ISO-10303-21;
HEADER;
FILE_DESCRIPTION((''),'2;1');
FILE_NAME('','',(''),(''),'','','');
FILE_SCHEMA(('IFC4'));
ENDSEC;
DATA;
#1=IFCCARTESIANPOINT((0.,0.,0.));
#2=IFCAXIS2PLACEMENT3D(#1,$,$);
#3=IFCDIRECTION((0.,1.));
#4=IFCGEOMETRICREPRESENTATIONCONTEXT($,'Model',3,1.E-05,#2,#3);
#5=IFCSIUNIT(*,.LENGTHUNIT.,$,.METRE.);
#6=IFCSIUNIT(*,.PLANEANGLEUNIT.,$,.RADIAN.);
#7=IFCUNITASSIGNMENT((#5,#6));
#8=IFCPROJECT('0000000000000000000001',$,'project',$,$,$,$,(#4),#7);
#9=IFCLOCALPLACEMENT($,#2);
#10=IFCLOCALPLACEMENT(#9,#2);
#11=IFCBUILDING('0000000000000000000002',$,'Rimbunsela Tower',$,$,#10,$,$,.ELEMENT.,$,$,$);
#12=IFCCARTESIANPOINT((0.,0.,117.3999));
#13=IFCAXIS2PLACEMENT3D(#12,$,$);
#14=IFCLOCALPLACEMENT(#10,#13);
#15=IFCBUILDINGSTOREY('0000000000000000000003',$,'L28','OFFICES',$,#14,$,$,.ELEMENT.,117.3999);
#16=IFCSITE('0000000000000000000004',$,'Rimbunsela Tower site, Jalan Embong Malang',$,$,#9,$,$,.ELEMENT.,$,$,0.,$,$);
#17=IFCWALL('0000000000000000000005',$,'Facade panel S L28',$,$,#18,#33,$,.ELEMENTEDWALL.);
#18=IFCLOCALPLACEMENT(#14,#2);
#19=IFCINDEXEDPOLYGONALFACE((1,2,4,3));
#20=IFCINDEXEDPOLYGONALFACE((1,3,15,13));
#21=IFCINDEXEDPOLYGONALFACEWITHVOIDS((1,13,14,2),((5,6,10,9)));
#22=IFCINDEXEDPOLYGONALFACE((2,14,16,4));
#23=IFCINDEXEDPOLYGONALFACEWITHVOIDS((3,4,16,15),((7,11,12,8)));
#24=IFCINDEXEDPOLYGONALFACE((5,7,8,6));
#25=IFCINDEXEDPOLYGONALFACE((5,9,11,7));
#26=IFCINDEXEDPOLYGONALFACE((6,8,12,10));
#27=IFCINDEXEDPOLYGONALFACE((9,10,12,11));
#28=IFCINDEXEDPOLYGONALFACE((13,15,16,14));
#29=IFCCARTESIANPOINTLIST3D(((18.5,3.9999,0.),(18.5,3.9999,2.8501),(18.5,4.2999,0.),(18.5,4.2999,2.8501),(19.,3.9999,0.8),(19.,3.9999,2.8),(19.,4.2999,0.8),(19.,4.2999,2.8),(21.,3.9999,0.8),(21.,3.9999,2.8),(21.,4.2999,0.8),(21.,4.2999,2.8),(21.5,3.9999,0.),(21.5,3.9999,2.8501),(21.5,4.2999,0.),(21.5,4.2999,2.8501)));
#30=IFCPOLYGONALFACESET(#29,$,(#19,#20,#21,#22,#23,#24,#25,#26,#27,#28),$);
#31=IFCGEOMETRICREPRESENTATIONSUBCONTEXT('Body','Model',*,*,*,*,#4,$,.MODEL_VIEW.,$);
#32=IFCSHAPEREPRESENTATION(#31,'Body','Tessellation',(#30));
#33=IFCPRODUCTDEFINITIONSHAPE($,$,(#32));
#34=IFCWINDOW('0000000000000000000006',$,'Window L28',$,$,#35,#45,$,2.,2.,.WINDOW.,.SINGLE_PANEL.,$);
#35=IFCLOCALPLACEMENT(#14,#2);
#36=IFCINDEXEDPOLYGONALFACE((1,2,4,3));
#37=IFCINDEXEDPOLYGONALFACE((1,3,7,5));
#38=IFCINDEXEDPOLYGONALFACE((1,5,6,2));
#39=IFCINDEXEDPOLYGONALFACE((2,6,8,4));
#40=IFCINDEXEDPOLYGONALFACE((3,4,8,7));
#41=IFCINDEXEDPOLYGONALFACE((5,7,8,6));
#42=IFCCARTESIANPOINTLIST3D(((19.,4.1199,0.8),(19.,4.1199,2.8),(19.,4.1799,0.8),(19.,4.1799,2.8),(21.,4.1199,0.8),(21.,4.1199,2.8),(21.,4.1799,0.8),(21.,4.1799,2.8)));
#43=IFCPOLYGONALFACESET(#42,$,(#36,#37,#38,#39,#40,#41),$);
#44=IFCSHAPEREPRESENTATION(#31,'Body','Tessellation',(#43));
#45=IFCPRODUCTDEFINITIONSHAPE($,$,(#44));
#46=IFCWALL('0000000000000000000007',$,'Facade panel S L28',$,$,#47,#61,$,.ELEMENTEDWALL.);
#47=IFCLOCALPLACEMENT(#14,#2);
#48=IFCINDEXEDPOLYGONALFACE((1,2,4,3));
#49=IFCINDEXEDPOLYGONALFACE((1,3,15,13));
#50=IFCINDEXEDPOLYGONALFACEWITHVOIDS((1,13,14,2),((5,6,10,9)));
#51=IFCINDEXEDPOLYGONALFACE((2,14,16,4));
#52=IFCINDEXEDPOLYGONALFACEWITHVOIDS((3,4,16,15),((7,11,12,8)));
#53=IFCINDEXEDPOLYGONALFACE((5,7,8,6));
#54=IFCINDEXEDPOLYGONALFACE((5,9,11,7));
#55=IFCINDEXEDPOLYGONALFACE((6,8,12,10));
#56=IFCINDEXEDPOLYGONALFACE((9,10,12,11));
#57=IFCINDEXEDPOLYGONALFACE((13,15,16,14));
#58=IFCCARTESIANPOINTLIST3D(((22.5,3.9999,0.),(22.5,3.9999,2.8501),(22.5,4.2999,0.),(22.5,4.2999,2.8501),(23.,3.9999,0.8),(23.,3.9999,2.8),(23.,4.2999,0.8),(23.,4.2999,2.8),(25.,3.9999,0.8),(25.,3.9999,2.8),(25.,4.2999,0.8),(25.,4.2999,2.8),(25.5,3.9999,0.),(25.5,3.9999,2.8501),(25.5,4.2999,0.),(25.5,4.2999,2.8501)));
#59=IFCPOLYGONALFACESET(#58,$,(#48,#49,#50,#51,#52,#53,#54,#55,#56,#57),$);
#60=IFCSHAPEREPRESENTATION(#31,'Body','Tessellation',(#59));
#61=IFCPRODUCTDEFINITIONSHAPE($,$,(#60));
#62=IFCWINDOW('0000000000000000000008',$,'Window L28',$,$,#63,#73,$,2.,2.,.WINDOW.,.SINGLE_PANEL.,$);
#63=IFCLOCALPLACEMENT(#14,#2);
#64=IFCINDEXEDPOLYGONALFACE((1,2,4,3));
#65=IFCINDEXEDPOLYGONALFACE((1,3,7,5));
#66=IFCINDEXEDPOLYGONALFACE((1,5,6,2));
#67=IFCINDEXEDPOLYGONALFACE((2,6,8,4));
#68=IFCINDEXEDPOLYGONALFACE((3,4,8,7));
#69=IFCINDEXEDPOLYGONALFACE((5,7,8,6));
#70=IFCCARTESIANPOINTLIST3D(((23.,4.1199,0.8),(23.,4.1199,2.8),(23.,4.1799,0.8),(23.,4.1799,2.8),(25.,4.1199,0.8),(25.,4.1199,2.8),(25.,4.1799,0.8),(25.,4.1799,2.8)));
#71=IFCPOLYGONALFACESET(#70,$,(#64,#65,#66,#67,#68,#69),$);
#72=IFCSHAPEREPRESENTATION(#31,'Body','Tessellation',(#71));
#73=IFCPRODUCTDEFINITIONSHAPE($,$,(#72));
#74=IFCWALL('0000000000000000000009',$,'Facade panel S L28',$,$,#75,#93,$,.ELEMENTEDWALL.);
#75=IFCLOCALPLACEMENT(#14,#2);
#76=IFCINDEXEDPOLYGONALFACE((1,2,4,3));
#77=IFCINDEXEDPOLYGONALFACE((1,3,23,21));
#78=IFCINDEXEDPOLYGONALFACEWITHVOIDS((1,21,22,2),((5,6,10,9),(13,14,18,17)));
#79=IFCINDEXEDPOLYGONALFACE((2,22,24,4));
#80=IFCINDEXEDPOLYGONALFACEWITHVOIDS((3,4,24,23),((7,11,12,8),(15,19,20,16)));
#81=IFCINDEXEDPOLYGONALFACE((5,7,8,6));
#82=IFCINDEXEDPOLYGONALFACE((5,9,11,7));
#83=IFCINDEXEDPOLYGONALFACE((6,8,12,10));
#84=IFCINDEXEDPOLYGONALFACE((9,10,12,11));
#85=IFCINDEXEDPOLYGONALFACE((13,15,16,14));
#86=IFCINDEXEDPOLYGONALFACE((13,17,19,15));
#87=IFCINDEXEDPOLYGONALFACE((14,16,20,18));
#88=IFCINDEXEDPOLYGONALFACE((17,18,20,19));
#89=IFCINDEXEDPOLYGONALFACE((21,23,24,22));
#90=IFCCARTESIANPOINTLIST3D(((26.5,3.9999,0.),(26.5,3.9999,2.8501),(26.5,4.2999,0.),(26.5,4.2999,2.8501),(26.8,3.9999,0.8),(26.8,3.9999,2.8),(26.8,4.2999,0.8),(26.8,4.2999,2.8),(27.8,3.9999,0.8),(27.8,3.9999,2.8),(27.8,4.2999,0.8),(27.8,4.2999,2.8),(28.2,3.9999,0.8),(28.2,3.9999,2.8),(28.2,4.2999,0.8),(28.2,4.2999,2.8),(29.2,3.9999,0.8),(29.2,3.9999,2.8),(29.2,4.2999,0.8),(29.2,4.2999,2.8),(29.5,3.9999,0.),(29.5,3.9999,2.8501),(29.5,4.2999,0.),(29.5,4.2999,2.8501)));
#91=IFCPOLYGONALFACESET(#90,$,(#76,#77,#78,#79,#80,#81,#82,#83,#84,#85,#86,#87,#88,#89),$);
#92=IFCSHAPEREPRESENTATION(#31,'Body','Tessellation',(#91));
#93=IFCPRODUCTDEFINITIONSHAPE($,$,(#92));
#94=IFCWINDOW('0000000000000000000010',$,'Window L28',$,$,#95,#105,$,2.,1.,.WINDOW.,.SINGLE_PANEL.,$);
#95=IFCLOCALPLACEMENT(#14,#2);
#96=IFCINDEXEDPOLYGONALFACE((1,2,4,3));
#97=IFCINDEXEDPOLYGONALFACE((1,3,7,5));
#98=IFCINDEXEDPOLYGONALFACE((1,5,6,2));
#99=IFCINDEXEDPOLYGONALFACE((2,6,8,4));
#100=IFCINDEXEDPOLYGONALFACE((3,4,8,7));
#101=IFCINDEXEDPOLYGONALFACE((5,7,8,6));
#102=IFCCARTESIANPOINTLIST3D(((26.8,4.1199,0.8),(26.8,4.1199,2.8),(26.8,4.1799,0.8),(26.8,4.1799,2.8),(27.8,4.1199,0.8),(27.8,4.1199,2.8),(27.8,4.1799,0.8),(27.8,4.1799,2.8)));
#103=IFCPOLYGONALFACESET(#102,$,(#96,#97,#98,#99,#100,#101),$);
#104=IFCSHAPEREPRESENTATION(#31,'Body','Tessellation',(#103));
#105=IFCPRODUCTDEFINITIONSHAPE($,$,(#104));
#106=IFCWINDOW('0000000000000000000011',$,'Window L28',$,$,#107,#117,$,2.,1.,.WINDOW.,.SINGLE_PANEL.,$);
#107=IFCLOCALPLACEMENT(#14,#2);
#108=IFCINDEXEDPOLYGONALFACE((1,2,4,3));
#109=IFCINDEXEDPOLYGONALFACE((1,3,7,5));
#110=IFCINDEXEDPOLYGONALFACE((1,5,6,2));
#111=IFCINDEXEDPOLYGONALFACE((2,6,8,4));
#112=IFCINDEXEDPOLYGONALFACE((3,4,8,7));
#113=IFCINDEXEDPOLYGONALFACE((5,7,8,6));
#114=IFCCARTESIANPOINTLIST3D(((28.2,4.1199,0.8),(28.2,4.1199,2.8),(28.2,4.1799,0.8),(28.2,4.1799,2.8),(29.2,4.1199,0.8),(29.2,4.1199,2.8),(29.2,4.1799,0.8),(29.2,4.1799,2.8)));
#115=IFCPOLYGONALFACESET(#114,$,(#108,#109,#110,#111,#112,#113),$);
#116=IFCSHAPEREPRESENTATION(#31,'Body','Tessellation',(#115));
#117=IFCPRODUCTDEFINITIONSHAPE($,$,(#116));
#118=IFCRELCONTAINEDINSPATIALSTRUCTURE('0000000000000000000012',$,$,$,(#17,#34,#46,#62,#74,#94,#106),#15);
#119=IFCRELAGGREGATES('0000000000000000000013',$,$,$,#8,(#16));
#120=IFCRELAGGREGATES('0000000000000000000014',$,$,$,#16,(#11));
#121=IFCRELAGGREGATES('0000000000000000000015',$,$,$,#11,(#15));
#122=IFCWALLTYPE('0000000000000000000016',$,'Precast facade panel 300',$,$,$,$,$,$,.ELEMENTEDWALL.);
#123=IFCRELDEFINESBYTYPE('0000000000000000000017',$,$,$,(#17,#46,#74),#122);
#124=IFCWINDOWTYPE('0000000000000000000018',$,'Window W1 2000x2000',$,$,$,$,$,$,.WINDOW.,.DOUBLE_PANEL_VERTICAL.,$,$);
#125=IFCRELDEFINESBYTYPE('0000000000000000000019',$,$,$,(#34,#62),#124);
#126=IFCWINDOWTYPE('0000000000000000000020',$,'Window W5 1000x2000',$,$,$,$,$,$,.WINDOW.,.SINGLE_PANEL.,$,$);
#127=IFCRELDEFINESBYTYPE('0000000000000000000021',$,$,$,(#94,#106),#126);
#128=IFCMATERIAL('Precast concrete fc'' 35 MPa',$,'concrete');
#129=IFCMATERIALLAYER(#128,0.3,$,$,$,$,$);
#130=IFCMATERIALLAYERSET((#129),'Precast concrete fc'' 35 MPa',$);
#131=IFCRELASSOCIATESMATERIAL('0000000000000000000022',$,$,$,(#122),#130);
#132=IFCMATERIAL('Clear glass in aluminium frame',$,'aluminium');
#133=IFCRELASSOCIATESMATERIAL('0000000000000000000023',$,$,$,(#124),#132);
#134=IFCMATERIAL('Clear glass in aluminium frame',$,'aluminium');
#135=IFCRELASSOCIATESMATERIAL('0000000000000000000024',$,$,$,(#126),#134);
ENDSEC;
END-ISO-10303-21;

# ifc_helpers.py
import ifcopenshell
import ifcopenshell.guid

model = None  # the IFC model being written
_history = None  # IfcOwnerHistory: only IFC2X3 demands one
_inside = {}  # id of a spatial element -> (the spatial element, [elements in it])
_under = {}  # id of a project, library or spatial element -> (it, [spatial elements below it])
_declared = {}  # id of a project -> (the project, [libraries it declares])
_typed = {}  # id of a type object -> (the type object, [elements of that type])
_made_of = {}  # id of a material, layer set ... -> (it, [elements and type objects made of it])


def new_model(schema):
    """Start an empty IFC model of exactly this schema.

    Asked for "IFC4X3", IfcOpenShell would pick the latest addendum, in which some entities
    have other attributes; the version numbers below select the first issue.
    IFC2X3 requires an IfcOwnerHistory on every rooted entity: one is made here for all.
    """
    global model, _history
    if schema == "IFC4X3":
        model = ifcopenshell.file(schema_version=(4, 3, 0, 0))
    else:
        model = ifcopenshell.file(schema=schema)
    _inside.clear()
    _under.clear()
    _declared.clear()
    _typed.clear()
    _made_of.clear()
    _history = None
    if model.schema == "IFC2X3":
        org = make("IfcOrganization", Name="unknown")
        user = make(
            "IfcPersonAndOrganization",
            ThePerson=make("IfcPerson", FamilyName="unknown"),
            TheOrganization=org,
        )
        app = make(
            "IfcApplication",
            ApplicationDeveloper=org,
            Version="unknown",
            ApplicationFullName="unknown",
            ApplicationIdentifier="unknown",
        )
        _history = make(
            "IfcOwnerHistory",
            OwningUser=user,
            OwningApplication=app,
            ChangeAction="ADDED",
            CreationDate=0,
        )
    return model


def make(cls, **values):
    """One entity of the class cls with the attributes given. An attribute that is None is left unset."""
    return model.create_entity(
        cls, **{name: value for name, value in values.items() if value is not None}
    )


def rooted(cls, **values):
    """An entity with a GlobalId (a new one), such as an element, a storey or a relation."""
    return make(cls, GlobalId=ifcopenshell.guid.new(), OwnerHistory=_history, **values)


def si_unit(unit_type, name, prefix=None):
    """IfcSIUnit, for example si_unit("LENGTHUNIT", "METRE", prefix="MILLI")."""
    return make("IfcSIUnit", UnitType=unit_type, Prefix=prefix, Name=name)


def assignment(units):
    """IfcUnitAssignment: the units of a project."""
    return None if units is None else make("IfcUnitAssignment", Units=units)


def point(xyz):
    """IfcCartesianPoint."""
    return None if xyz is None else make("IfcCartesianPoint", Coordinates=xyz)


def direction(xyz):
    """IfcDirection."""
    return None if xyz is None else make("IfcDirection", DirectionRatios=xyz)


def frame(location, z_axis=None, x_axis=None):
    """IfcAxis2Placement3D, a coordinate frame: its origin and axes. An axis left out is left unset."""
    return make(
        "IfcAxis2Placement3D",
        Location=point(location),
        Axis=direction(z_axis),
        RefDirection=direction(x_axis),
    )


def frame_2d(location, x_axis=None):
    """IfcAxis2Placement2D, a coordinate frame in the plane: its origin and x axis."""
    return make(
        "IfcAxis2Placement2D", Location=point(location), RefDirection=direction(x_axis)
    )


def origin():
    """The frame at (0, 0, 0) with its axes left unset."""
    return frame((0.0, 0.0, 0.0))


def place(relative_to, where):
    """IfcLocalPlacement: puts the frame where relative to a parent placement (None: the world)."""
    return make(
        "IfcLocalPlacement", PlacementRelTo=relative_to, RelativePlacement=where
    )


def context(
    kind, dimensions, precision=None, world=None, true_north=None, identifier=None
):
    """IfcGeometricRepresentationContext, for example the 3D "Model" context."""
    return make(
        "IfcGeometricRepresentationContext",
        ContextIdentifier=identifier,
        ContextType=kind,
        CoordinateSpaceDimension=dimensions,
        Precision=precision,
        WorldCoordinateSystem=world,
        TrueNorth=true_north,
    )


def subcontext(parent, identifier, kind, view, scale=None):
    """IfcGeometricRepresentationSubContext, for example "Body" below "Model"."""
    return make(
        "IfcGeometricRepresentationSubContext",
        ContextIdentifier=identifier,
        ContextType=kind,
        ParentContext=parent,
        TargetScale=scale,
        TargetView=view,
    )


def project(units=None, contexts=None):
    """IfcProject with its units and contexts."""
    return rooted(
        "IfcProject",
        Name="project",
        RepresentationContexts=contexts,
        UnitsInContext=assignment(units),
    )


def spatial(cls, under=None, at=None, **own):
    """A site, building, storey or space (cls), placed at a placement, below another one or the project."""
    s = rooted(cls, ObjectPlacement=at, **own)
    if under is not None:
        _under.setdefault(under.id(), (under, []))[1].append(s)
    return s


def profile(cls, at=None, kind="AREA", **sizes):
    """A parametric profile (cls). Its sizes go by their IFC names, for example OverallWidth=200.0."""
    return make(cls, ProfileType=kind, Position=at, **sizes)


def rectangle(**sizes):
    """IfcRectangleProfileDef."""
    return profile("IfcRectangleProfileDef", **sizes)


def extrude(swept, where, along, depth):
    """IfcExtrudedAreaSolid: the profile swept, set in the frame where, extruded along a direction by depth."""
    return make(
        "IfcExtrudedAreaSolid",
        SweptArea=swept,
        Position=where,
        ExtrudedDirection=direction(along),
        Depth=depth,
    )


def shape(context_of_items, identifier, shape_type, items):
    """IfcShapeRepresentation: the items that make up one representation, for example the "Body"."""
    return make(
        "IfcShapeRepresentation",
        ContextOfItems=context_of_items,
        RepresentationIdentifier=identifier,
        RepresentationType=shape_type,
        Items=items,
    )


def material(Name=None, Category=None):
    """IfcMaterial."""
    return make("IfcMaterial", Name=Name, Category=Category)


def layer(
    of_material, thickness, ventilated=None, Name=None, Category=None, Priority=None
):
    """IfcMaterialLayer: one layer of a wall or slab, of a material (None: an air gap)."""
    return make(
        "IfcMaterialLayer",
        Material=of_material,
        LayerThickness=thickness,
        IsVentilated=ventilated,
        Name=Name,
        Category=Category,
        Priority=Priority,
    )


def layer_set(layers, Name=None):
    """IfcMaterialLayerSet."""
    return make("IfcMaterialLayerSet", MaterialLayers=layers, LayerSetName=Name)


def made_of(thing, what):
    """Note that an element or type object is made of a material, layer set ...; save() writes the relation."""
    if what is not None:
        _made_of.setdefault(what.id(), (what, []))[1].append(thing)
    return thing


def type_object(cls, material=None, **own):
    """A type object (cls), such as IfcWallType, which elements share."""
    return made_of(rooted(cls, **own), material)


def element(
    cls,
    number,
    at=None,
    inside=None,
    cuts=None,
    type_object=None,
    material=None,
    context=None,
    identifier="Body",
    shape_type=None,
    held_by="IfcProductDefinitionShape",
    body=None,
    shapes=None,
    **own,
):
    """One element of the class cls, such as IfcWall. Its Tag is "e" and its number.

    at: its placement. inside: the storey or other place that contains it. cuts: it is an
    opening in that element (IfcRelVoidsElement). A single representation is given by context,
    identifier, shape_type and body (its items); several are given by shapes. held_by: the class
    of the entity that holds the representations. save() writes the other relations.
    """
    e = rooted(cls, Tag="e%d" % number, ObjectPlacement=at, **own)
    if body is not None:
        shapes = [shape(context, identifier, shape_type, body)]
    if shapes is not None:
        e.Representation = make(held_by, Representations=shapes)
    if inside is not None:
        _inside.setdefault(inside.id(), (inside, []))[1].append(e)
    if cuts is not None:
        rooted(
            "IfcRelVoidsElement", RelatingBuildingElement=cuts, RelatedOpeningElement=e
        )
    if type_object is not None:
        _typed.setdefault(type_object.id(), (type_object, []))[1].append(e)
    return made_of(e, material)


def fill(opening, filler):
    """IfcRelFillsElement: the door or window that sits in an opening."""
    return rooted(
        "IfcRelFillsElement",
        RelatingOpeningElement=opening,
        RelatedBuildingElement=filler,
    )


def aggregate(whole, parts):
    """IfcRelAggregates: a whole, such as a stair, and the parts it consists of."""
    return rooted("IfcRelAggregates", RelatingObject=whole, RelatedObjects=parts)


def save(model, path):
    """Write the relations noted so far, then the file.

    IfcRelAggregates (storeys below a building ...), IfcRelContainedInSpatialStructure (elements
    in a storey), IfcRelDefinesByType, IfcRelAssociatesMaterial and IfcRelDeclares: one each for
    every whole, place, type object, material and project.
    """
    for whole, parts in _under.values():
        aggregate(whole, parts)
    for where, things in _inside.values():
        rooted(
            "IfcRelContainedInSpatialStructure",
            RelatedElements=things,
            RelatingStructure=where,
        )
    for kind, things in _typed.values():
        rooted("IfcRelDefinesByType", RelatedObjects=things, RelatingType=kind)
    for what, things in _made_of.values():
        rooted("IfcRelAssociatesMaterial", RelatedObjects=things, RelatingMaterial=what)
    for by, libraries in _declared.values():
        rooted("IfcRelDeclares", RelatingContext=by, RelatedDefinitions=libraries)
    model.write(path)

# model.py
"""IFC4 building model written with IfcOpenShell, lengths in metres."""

from ifc_helpers import new_model, si_unit, direction, frame, frame_2d, origin, place, context, subcontext, project, spatial, rectangle, extrude, material, layer, layer_set, type_object, element, fill, save


model = new_model("IFC4")

# Units and contexts
model_context = context("Model", 3, precision=1e-05, world=origin(), true_north=direction((0.0, 1.0)))
body_context = subcontext(model_context, "Body", "Model", "MODEL_VIEW")
ifc_project = project(units=[si_unit("LENGTHUNIT", "METRE"), si_unit("PLANEANGLEUNIT", "RADIAN")], contexts=[model_context])

# Site, building, storey
site_placement = place(None, origin())
site = spatial("IfcSite", under=ifc_project, at=site_placement, Name="Rimbunsela Tower site, Jalan Embong Malang", CompositionType="ELEMENT", RefElevation=0.0)
building_placement = place(site_placement, origin())
building = spatial("IfcBuilding", under=site, at=building_placement, Name="Rimbunsela Tower", CompositionType="ELEMENT")
storey_placement = place(building_placement, frame((0.0, 0.0, 117.3999)))
storey = spatial("IfcBuildingStorey", under=building, at=storey_placement, Name="L28", Description="OFFICES", CompositionType="ELEMENT", Elevation=117.3999)

# Walls, openings, windows
ifc_material_1 = material(Name="Precast concrete fc' 35 MPa", Category="concrete")
ifc_layer_1 = layer(ifc_material_1, 0.3)
ifc_layer_set_1 = layer_set([ifc_layer_1], Name="Precast concrete fc' 35 MPa")
wall_type_1 = type_object("IfcWallType", Name="Precast facade panel 300", PredefinedType="ELEMENTEDWALL", material=ifc_layer_set_1)
wall_1_placement = place(storey_placement, frame((18.5, 4.1499, 0.0), z_axis=(0.0, 0.0, 1.0), x_axis=(1.0, 0.0, 0.0)))
wall_1 = element("IfcWall", 1, at=wall_1_placement, inside=storey, type_object=wall_type_1, Name="Facade panel S L28", PredefinedType="ELEMENTEDWALL", context=body_context, shape_type="SweptSolid", body=[
    extrude(rectangle(XDim=3.0, YDim=0.3, at=frame_2d((1.5, 0.0))), origin(), (0.0, 0.0, 1.0), 2.8501),
])
opening_1_placement = place(wall_1_placement, frame((0.5, 0.0, 0.8)))
opening_1 = element("IfcOpeningElement", 2, at=opening_1_placement, cuts=wall_1, PredefinedType="OPENING", context=body_context, shape_type="SweptSolid", body=[
    extrude(rectangle(XDim=2.0, YDim=2.0, at=frame_2d((1.0, 1.0))), frame((0.0, 0.1599, 0.0), z_axis=(0.0, -1.0, 0.0), x_axis=(1.0, 0.0, 0.0)), (0.0, 0.0, 1.0), 0.3201),
])
ifc_material_2 = material(Name="Clear glass in aluminium frame", Category="aluminium")
window_type_1 = type_object("IfcWindowType", Name="Window W1 2000x2000", PartitioningType="DOUBLE_PANEL_VERTICAL", PredefinedType="WINDOW", material=ifc_material_2)
window_1_placement = place(opening_1_placement, origin())
window_1 = element("IfcWindow", 3, at=window_1_placement, inside=storey, type_object=window_type_1, Name="Window L28", OverallHeight=2.0, OverallWidth=2.0, PartitioningType="SINGLE_PANEL", PredefinedType="WINDOW", context=body_context, shape_type="SweptSolid", body=[
    extrude(rectangle(XDim=2.0, YDim=2.0, at=frame_2d((1.0, 1.0))), frame((0.0, 0.03, 0.0), z_axis=(0.0, -1.0, 0.0), x_axis=(1.0, 0.0, 0.0)), (0.0, 0.0, 1.0), 0.0601),
])
fill(opening_1, window_1)
wall_2_placement = place(storey_placement, frame((22.5, 4.1499, 0.0), z_axis=(0.0, 0.0, 1.0), x_axis=(1.0, 0.0, 0.0)))
wall_2 = element("IfcWall", 4, at=wall_2_placement, inside=storey, type_object=wall_type_1, Name="Facade panel S L28", PredefinedType="ELEMENTEDWALL", context=body_context, shape_type="SweptSolid", body=[
    extrude(rectangle(XDim=3.0, YDim=0.3, at=frame_2d((1.5, 0.0))), origin(), (0.0, 0.0, 1.0), 2.8501),
])
opening_2_placement = place(wall_2_placement, frame((0.5, 0.0, 0.8)))
opening_2 = element("IfcOpeningElement", 5, at=opening_2_placement, cuts=wall_2, PredefinedType="OPENING", context=body_context, shape_type="SweptSolid", body=[
    extrude(rectangle(XDim=2.0, YDim=2.0, at=frame_2d((1.0, 1.0))), frame((0.0, 0.1599, 0.0), z_axis=(0.0, -1.0, 0.0), x_axis=(1.0, 0.0, 0.0)), (0.0, 0.0, 1.0), 0.3201),
])
window_2_placement = place(opening_2_placement, origin())
window_2 = element("IfcWindow", 6, at=window_2_placement, inside=storey, type_object=window_type_1, Name="Window L28", OverallHeight=2.0, OverallWidth=2.0, PartitioningType="SINGLE_PANEL", PredefinedType="WINDOW", context=body_context, shape_type="SweptSolid", body=[
    extrude(rectangle(XDim=2.0, YDim=2.0, at=frame_2d((1.0, 1.0))), frame((0.0, 0.03, 0.0), z_axis=(0.0, -1.0, 0.0), x_axis=(1.0, 0.0, 0.0)), (0.0, 0.0, 1.0), 0.0601),
])
fill(opening_2, window_2)

# Wall, openings, windows
wall_3_placement = place(storey_placement, frame((26.5, 4.1499, 0.0), z_axis=(0.0, 0.0, 1.0), x_axis=(1.0, 0.0, 0.0)))
wall_3 = element("IfcWall", 7, at=wall_3_placement, inside=storey, type_object=wall_type_1, Name="Facade panel S L28", PredefinedType="ELEMENTEDWALL", context=body_context, shape_type="SweptSolid", body=[
    extrude(rectangle(XDim=3.0, YDim=0.3, at=frame_2d((1.5, 0.0))), origin(), (0.0, 0.0, 1.0), 2.8501),
])
opening_3_placement = place(wall_3_placement, frame((0.3, 0.0, 0.8)))
opening_3 = element("IfcOpeningElement", 8, at=opening_3_placement, cuts=wall_3, PredefinedType="OPENING", context=body_context, shape_type="SweptSolid", body=[
    extrude(rectangle(XDim=1.0, YDim=2.0, at=frame_2d((0.5, 1.0))), frame((0.0, 0.1599, 0.0), z_axis=(0.0, -1.0, 0.0), x_axis=(1.0, 0.0, 0.0)), (0.0, 0.0, 1.0), 0.3201),
])
opening_4_placement = place(wall_3_placement, frame((1.7, 0.0, 0.8)))
opening_4 = element("IfcOpeningElement", 9, at=opening_4_placement, cuts=wall_3, PredefinedType="OPENING", context=body_context, shape_type="SweptSolid", body=[
    extrude(rectangle(XDim=1.0, YDim=2.0, at=frame_2d((0.5, 1.0))), frame((0.0, 0.1599, 0.0), z_axis=(0.0, -1.0, 0.0), x_axis=(1.0, 0.0, 0.0)), (0.0, 0.0, 1.0), 0.3201),
])
ifc_material_3 = material(Name="Clear glass in aluminium frame", Category="aluminium")
window_type_2 = type_object("IfcWindowType", Name="Window W5 1000x2000", PartitioningType="SINGLE_PANEL", PredefinedType="WINDOW", material=ifc_material_3)
window_3_placement = place(opening_3_placement, origin())
window_3 = element("IfcWindow", 10, at=window_3_placement, inside=storey, type_object=window_type_2, Name="Window L28", OverallHeight=2.0, OverallWidth=1.0, PartitioningType="SINGLE_PANEL", PredefinedType="WINDOW", context=body_context, shape_type="SweptSolid", body=[
    extrude(rectangle(XDim=1.0, YDim=2.0, at=frame_2d((0.5, 1.0))), frame((0.0, 0.03, 0.0), z_axis=(0.0, -1.0, 0.0), x_axis=(1.0, 0.0, 0.0)), (0.0, 0.0, 1.0), 0.0601),
])
fill(opening_3, window_3)
window_4_placement = place(opening_4_placement, origin())
window_4 = element("IfcWindow", 11, at=window_4_placement, inside=storey, type_object=window_type_2, Name="Window L28", OverallHeight=2.0, OverallWidth=1.0, PartitioningType="SINGLE_PANEL", PredefinedType="WINDOW", context=body_context, shape_type="SweptSolid", body=[
    extrude(rectangle(XDim=1.0, YDim=2.0, at=frame_2d((0.5, 1.0))), frame((0.0, 0.03, 0.0), z_axis=(0.0, -1.0, 0.0), x_axis=(1.0, 0.0, 0.0)), (0.0, 0.0, 1.0), 0.0601),
])
fill(opening_4, window_4)

save(model, "model.ifc")
